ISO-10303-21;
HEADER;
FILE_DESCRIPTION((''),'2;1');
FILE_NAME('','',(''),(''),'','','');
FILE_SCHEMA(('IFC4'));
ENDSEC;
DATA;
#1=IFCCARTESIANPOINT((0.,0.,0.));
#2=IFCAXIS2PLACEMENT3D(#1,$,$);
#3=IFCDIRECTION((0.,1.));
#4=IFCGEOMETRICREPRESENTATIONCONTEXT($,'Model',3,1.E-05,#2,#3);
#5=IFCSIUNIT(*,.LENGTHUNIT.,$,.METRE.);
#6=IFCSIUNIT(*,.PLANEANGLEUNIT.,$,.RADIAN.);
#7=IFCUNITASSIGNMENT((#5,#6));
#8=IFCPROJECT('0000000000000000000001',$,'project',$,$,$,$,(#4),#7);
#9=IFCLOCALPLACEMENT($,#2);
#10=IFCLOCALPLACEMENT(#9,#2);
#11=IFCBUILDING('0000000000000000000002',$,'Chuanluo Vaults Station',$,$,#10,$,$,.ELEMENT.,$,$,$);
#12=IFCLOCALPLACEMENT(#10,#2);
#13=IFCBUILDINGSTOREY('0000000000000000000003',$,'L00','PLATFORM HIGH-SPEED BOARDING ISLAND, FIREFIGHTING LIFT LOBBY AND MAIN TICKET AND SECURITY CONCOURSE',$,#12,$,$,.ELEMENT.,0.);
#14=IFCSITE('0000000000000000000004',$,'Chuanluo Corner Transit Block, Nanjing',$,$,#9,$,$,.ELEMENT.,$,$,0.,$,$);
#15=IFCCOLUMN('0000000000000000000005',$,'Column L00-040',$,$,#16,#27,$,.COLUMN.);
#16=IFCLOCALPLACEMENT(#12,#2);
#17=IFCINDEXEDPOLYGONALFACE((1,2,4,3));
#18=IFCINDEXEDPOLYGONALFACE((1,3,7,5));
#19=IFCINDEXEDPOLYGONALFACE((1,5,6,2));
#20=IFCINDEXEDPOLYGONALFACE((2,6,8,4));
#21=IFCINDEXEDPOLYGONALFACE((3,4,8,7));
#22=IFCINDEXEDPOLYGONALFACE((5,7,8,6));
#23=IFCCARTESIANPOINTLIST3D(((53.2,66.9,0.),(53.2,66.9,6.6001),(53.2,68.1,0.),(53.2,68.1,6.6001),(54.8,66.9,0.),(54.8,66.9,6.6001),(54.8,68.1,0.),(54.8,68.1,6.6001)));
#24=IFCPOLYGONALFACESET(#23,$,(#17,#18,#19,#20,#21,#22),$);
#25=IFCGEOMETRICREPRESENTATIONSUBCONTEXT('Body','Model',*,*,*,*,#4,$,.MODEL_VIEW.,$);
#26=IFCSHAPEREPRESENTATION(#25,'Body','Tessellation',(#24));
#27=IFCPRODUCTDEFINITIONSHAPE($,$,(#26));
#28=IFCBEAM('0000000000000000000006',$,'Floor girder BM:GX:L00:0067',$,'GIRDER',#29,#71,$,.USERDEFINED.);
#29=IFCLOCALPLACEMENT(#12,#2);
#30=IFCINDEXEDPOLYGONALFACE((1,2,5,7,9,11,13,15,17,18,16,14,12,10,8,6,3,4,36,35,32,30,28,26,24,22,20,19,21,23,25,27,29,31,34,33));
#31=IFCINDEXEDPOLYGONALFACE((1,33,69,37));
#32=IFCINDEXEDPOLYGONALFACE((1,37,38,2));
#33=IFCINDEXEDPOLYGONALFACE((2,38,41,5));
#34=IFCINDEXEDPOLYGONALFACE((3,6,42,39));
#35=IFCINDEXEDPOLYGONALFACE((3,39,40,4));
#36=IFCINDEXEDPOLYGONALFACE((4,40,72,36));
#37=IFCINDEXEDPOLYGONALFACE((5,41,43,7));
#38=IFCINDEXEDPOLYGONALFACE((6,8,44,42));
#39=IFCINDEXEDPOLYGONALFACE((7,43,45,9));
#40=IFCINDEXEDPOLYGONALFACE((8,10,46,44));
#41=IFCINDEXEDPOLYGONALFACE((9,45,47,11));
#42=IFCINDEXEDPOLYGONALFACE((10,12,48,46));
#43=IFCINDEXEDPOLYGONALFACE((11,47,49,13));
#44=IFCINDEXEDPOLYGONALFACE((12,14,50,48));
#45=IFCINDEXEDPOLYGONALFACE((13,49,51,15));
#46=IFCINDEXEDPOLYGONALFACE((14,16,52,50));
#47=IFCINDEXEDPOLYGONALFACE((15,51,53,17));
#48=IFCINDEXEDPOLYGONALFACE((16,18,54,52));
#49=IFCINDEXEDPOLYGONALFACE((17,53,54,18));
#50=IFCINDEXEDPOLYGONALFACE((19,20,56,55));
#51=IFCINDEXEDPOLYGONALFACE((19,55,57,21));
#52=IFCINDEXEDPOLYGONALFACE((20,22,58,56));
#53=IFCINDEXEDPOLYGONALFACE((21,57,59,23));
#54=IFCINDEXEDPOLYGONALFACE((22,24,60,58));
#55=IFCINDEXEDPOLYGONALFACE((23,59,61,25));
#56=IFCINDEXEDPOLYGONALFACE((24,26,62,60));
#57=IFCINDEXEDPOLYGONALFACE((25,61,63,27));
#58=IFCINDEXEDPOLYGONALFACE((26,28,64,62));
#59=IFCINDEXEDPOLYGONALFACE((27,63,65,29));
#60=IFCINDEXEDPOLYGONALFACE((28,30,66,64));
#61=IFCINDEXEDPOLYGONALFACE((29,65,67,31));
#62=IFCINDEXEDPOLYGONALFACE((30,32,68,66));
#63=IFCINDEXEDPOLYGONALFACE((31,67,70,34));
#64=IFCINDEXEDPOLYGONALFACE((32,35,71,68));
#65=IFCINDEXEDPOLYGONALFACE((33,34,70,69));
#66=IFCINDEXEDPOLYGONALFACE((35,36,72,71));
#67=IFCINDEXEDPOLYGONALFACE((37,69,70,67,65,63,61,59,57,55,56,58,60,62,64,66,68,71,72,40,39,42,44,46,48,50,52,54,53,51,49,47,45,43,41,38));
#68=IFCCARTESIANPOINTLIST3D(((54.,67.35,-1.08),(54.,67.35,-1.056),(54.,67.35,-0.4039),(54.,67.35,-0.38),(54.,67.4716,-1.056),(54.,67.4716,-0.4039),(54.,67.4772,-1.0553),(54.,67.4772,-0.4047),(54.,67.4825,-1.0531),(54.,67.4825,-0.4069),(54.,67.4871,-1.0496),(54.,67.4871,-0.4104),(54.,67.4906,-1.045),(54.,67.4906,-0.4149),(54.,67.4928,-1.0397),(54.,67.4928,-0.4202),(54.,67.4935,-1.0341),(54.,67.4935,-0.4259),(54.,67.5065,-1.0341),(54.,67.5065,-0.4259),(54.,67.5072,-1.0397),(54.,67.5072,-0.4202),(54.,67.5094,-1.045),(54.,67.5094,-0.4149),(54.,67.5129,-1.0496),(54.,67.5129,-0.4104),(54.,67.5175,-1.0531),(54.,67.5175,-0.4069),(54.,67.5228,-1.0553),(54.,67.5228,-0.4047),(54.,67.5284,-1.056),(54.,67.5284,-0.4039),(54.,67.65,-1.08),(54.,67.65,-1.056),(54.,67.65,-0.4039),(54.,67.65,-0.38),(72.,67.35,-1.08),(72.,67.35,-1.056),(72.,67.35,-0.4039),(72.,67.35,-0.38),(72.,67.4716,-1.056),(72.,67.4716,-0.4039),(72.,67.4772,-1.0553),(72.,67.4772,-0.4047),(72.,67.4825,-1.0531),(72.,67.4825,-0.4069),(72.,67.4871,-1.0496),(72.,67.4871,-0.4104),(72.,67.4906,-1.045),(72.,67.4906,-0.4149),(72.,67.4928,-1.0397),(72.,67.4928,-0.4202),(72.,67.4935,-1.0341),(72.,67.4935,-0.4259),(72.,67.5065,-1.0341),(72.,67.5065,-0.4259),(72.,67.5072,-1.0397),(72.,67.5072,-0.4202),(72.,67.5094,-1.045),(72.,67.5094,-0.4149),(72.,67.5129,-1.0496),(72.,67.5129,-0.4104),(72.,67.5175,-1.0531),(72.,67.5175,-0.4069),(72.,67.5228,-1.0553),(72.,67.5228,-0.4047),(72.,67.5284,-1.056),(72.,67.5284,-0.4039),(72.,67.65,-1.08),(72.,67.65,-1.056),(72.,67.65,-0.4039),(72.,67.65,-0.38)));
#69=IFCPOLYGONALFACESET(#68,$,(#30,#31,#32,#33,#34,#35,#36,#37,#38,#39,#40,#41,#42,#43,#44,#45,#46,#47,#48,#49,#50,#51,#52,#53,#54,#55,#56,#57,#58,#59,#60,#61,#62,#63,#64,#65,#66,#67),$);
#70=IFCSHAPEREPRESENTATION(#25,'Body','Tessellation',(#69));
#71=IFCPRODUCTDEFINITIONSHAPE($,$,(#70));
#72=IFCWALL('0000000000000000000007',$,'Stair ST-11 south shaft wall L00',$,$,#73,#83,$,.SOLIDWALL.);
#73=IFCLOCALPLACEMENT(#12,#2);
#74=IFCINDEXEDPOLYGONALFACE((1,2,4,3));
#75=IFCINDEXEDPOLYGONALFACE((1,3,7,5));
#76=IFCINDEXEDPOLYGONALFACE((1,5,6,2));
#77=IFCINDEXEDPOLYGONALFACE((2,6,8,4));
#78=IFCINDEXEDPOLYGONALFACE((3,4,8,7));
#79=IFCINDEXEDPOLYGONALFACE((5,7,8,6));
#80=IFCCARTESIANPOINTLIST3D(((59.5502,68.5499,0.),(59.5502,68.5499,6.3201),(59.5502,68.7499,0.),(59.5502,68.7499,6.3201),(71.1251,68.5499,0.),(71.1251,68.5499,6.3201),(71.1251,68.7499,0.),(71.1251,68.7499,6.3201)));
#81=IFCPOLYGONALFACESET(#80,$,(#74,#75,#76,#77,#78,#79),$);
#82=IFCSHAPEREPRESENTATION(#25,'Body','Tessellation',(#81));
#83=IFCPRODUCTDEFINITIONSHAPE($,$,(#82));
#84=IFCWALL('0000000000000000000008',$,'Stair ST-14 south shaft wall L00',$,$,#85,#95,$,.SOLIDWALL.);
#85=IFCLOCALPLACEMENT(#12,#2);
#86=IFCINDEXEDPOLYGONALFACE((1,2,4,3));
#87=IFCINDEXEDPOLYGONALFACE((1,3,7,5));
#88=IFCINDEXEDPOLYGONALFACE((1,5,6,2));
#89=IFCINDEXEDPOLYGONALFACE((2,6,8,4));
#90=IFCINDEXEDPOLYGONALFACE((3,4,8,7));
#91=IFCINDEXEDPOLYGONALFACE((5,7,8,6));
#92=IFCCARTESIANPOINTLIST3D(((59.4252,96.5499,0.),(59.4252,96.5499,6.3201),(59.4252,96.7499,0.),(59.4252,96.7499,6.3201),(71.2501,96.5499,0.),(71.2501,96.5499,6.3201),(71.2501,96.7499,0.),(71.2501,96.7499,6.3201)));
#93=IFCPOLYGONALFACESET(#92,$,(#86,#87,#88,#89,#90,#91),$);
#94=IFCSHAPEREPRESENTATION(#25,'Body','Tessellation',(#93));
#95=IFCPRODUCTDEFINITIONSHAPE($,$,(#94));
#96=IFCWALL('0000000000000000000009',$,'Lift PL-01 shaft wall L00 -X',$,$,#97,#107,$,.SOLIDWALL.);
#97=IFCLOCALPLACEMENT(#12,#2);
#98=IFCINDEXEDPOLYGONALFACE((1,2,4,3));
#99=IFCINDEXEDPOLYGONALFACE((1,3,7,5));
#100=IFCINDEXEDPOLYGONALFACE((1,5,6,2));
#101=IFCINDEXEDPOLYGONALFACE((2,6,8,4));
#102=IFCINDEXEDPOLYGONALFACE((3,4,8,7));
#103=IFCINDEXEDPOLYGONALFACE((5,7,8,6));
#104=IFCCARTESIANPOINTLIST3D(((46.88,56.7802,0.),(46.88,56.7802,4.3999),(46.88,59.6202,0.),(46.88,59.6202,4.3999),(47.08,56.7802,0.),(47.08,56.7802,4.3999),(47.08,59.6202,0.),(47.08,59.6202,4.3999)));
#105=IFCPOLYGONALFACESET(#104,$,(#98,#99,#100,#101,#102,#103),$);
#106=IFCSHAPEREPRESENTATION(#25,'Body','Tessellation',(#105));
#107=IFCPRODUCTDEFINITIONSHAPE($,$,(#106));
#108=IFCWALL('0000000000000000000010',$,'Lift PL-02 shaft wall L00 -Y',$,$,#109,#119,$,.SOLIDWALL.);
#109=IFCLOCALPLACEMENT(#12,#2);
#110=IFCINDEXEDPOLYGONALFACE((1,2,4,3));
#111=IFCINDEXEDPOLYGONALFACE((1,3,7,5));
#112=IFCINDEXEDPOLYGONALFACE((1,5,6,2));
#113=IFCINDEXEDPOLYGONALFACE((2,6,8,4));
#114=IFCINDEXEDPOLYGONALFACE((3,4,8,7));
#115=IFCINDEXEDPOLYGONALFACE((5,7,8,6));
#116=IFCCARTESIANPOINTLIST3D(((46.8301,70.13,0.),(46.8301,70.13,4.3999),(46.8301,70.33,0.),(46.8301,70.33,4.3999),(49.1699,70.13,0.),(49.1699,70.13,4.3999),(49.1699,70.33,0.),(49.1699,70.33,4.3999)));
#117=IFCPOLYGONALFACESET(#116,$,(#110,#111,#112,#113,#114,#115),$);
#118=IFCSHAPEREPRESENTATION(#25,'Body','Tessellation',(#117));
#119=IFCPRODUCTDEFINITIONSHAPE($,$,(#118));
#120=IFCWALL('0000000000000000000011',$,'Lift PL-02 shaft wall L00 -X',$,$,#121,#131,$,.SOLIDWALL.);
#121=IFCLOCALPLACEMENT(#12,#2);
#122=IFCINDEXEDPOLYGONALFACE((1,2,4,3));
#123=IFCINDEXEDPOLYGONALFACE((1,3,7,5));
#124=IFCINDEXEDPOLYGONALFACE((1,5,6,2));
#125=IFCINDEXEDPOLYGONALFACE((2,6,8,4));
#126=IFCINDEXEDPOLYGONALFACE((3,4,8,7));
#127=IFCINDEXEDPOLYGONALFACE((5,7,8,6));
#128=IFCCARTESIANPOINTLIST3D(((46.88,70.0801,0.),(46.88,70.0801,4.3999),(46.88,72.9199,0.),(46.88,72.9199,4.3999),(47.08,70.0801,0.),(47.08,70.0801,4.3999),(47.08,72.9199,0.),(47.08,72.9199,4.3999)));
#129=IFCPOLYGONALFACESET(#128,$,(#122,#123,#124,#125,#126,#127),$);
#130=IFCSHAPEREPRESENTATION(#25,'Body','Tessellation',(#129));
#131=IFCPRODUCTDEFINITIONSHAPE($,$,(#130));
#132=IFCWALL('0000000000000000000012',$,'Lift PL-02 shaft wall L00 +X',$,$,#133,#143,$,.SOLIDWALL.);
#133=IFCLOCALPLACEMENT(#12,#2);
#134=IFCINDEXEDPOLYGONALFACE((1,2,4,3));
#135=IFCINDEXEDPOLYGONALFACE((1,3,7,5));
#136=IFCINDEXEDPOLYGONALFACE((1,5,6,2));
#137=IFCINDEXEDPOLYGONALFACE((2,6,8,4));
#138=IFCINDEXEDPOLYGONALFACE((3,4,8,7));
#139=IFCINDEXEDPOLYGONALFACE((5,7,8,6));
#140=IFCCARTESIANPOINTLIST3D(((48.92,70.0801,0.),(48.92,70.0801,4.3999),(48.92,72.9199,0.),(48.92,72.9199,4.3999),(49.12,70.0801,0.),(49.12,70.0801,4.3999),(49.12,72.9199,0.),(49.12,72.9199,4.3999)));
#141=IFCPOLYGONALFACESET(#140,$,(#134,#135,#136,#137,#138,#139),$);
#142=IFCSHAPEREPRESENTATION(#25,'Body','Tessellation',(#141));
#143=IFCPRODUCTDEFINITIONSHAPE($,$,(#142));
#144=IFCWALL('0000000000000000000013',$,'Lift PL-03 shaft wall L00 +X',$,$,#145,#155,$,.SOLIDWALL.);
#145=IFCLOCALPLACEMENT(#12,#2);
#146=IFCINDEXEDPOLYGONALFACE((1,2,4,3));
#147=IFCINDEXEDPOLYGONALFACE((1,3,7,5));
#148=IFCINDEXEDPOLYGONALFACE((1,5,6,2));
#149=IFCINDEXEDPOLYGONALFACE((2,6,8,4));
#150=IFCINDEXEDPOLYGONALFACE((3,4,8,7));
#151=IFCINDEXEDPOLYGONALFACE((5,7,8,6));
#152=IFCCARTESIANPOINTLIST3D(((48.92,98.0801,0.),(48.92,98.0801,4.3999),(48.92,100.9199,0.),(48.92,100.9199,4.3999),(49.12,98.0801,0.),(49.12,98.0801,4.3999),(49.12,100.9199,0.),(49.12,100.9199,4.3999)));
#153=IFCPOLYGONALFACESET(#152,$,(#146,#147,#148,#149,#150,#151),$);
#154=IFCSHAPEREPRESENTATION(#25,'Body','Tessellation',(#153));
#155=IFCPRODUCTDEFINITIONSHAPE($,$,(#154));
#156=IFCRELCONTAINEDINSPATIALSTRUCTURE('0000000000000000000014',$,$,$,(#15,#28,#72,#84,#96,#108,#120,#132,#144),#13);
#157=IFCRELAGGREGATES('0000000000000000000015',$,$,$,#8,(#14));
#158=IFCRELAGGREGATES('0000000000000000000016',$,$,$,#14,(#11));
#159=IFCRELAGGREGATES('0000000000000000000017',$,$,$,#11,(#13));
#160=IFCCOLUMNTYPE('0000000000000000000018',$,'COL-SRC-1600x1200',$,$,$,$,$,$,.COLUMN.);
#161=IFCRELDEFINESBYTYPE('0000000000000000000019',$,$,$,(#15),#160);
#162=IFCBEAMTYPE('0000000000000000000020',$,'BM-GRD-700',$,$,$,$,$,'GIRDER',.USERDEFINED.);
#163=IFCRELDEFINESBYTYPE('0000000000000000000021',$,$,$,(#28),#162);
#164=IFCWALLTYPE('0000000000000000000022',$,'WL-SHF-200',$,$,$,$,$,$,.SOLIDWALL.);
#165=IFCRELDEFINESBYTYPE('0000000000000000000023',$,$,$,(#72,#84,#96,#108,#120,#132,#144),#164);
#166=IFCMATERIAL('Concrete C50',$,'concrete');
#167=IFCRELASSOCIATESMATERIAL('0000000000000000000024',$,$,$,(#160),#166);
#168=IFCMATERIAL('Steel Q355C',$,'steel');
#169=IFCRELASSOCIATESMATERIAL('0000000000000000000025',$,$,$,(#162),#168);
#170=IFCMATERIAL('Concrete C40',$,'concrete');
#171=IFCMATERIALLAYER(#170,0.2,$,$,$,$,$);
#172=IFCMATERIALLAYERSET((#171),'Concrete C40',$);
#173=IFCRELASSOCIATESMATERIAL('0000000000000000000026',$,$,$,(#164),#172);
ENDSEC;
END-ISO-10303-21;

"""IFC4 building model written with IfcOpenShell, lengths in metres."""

from ifc_helpers import new_model, si_unit, direction, frame, frame_2d, origin, origin_2d, place, context, subcontext, project, spatial, rectangle, i_section, extrude, material, layer, layer_set, material_profile, profile_set, type_object, element, save


model = new_model("IFC4")

# Units and contexts
model_context = context("Model", 3, precision=1e-05, world=origin(), true_north=direction((0.0, 1.0)))
body_context = subcontext(model_context, "Body", "Model", "MODEL_VIEW")
ifc_project = project(units=[si_unit("LENGTHUNIT", "METRE"), si_unit("PLANEANGLEUNIT", "RADIAN")], contexts=[model_context])

# Site, building, storey
site_placement = place(None, origin())
site = spatial("IfcSite", under=ifc_project, at=site_placement, Name="Chuanluo Corner Transit Block, Nanjing", CompositionType="ELEMENT", RefElevation=0.0)
building_placement = place(site_placement, origin())
building = spatial("IfcBuilding", under=site, at=building_placement, Name="Chuanluo Vaults Station", CompositionType="ELEMENT")
storey_placement = place(building_placement, origin())
storey = spatial("IfcBuildingStorey", under=building, at=storey_placement, Name="L00", Description="PLATFORM HIGH-SPEED BOARDING ISLAND, FIREFIGHTING LIFT LOBBY AND MAIN TICKET AND SECURITY CONCOURSE", CompositionType="ELEMENT", Elevation=0.0)

# Column
ifc_material_1 = material(Name="Concrete C50", Category="concrete")
ifc_material_profile_1 = material_profile(ifc_material_1, rectangle(XDim=1.6001, YDim=1.2, at=origin_2d()))
ifc_profile_set_1 = profile_set([ifc_material_profile_1], Name="Concrete C50")
column_type = type_object("IfcColumnType", Name="COL-SRC-1600x1200", PredefinedType="COLUMN", material=ifc_profile_set_1)
column_placement = place(storey_placement, frame((54.0, 67.5, 0.0), z_axis=(0.0, 0.0, 1.0), x_axis=(1.0, 0.0, 0.0)))
element("IfcColumn", 1, at=column_placement, inside=storey, type_object=column_type, Name="Column L00-040", PredefinedType="COLUMN", context=body_context, shape_type="SweptSolid", body=[
    extrude(rectangle(XDim=1.6001, YDim=1.2, at=origin_2d()), origin(), (0.0, 0.0, 1.0), 6.6001),
])

# Beam
ifc_material_2 = material(Name="Steel Q355C", Category="steel")
ifc_material_profile_2 = material_profile(ifc_material_2, i_section(OverallWidth=0.3, OverallDepth=0.7, WebThickness=0.0129, FlangeThickness=0.0239, FilletRadius=0.022, at=origin_2d()))
ifc_profile_set_2 = profile_set([ifc_material_profile_2], Name="Steel Q355C")
beam_type = type_object("IfcBeamType", Name="BM-GRD-700", ElementType="GIRDER", PredefinedType="USERDEFINED", material=ifc_profile_set_2)
beam_placement = place(storey_placement, frame((54.0, 67.5, -0.73), z_axis=(1.0, 0.0, 0.0), x_axis=(0.0, 1.0, 0.0)))
element("IfcBeam", 2, at=beam_placement, inside=storey, type_object=beam_type, Name="Floor girder BM:GX:L00:0067", ObjectType="GIRDER", PredefinedType="USERDEFINED", context=body_context, shape_type="SweptSolid", body=[
    extrude(i_section(OverallWidth=0.3, OverallDepth=0.7, WebThickness=0.0129, FlangeThickness=0.0239, FilletRadius=0.022, at=origin_2d()), origin(), (0.0, 0.0, 1.0), 18.0),
])

# Shared definitions
ifc_material_3 = material(Name="Concrete C40", Category="concrete")
ifc_layer = layer(ifc_material_3, 0.2)
ifc_layer_set = layer_set([ifc_layer], Name="Concrete C40")
wall_type = type_object("IfcWallType", Name="WL-SHF-200", PredefinedType="SOLIDWALL", material=ifc_layer_set)

# Wall
wall_1_placement = place(storey_placement, frame((59.55, 68.6499, 0.0), z_axis=(0.0, 0.0, 1.0), x_axis=(1.0, 0.0, 0.0)))
element("IfcWall", 3, at=wall_1_placement, inside=storey, type_object=wall_type, Name="Stair ST-11 south shaft wall L00", PredefinedType="SOLIDWALL", context=body_context, shape_type="SweptSolid", body=[
    extrude(rectangle(XDim=11.575, YDim=0.2, at=frame_2d((5.7876, 0.0))), origin(), (0.0, 0.0, 1.0), 6.3201),
])

# Wall
wall_2_placement = place(storey_placement, frame((59.425, 96.6499, 0.0), z_axis=(0.0, 0.0, 1.0), x_axis=(1.0, 0.0, 0.0)))
element("IfcWall", 4, at=wall_2_placement, inside=storey, type_object=wall_type, Name="Stair ST-14 south shaft wall L00", PredefinedType="SOLIDWALL", context=body_context, shape_type="SweptSolid", body=[
    extrude(rectangle(XDim=11.825, YDim=0.2, at=frame_2d((5.9126, 0.0))), origin(), (0.0, 0.0, 1.0), 6.3201),
])

# Walls
wall_3_placement = place(storey_placement, frame((46.98, 59.6201, 0.0), z_axis=(0.0, 0.0, 1.0), x_axis=(0.0, -1.0, 0.0)))
element("IfcWall", 5, at=wall_3_placement, inside=storey, type_object=wall_type, Name="Lift PL-01 shaft wall L00 -X", PredefinedType="SOLIDWALL", context=body_context, shape_type="SweptSolid", body=[
    extrude(rectangle(XDim=2.8401, YDim=0.2, at=frame_2d((1.4199, 0.0))), origin(), (0.0, 0.0, 1.0), 4.3999),
])
wall_4_placement = place(storey_placement, frame((46.8301, 70.23, 0.0), z_axis=(0.0, 0.0, 1.0), x_axis=(1.0, 0.0, 0.0)))
element("IfcWall", 6, at=wall_4_placement, inside=storey, type_object=wall_type, Name="Lift PL-02 shaft wall L00 -Y", PredefinedType="SOLIDWALL", context=body_context, shape_type="SweptSolid", body=[
    extrude(rectangle(XDim=2.3398, YDim=0.2, at=frame_2d((1.1699, 0.0))), origin(), (0.0, 0.0, 1.0), 4.3999),
])

# Walls
for number, where, z_axis, x_axis, name in (
    (7, (46.98, 72.9199, 0.0), (0.0, 0.0, 1.0), (0.0, -1.0, 0.0), "Lift PL-02 shaft wall L00 -X"),
    (8, (49.02, 70.0801, 0.0), (0.0, 0.0, 1.0), (0.0, 1.0, 0.0), "Lift PL-02 shaft wall L00 +X"),
):
    element("IfcWall", number, at=place(storey_placement, frame(where, z_axis=z_axis, x_axis=x_axis)), inside=storey, type_object=wall_type, Name=name, PredefinedType="SOLIDWALL", context=body_context, shape_type="SweptSolid", body=[
        extrude(rectangle(XDim=2.8398, YDim=0.2, at=frame_2d((1.4199, 0.0))), origin(), (0.0, 0.0, 1.0), 4.3999),
    ])

# Wall
wall_5_placement = place(storey_placement, frame((49.02, 98.0801, 0.0), z_axis=(0.0, 0.0, 1.0), x_axis=(0.0, 1.0, 0.0)))
element("IfcWall", 9, at=wall_5_placement, inside=storey, type_object=wall_type, Name="Lift PL-03 shaft wall L00 +X", PredefinedType="SOLIDWALL", context=body_context, shape_type="SweptSolid", body=[
    extrude(rectangle(XDim=2.8398, YDim=0.2, at=frame_2d((1.4199, 0.0))), origin(), (0.0, 0.0, 1.0), 4.3999),
])

save(model, "model.ifc")
